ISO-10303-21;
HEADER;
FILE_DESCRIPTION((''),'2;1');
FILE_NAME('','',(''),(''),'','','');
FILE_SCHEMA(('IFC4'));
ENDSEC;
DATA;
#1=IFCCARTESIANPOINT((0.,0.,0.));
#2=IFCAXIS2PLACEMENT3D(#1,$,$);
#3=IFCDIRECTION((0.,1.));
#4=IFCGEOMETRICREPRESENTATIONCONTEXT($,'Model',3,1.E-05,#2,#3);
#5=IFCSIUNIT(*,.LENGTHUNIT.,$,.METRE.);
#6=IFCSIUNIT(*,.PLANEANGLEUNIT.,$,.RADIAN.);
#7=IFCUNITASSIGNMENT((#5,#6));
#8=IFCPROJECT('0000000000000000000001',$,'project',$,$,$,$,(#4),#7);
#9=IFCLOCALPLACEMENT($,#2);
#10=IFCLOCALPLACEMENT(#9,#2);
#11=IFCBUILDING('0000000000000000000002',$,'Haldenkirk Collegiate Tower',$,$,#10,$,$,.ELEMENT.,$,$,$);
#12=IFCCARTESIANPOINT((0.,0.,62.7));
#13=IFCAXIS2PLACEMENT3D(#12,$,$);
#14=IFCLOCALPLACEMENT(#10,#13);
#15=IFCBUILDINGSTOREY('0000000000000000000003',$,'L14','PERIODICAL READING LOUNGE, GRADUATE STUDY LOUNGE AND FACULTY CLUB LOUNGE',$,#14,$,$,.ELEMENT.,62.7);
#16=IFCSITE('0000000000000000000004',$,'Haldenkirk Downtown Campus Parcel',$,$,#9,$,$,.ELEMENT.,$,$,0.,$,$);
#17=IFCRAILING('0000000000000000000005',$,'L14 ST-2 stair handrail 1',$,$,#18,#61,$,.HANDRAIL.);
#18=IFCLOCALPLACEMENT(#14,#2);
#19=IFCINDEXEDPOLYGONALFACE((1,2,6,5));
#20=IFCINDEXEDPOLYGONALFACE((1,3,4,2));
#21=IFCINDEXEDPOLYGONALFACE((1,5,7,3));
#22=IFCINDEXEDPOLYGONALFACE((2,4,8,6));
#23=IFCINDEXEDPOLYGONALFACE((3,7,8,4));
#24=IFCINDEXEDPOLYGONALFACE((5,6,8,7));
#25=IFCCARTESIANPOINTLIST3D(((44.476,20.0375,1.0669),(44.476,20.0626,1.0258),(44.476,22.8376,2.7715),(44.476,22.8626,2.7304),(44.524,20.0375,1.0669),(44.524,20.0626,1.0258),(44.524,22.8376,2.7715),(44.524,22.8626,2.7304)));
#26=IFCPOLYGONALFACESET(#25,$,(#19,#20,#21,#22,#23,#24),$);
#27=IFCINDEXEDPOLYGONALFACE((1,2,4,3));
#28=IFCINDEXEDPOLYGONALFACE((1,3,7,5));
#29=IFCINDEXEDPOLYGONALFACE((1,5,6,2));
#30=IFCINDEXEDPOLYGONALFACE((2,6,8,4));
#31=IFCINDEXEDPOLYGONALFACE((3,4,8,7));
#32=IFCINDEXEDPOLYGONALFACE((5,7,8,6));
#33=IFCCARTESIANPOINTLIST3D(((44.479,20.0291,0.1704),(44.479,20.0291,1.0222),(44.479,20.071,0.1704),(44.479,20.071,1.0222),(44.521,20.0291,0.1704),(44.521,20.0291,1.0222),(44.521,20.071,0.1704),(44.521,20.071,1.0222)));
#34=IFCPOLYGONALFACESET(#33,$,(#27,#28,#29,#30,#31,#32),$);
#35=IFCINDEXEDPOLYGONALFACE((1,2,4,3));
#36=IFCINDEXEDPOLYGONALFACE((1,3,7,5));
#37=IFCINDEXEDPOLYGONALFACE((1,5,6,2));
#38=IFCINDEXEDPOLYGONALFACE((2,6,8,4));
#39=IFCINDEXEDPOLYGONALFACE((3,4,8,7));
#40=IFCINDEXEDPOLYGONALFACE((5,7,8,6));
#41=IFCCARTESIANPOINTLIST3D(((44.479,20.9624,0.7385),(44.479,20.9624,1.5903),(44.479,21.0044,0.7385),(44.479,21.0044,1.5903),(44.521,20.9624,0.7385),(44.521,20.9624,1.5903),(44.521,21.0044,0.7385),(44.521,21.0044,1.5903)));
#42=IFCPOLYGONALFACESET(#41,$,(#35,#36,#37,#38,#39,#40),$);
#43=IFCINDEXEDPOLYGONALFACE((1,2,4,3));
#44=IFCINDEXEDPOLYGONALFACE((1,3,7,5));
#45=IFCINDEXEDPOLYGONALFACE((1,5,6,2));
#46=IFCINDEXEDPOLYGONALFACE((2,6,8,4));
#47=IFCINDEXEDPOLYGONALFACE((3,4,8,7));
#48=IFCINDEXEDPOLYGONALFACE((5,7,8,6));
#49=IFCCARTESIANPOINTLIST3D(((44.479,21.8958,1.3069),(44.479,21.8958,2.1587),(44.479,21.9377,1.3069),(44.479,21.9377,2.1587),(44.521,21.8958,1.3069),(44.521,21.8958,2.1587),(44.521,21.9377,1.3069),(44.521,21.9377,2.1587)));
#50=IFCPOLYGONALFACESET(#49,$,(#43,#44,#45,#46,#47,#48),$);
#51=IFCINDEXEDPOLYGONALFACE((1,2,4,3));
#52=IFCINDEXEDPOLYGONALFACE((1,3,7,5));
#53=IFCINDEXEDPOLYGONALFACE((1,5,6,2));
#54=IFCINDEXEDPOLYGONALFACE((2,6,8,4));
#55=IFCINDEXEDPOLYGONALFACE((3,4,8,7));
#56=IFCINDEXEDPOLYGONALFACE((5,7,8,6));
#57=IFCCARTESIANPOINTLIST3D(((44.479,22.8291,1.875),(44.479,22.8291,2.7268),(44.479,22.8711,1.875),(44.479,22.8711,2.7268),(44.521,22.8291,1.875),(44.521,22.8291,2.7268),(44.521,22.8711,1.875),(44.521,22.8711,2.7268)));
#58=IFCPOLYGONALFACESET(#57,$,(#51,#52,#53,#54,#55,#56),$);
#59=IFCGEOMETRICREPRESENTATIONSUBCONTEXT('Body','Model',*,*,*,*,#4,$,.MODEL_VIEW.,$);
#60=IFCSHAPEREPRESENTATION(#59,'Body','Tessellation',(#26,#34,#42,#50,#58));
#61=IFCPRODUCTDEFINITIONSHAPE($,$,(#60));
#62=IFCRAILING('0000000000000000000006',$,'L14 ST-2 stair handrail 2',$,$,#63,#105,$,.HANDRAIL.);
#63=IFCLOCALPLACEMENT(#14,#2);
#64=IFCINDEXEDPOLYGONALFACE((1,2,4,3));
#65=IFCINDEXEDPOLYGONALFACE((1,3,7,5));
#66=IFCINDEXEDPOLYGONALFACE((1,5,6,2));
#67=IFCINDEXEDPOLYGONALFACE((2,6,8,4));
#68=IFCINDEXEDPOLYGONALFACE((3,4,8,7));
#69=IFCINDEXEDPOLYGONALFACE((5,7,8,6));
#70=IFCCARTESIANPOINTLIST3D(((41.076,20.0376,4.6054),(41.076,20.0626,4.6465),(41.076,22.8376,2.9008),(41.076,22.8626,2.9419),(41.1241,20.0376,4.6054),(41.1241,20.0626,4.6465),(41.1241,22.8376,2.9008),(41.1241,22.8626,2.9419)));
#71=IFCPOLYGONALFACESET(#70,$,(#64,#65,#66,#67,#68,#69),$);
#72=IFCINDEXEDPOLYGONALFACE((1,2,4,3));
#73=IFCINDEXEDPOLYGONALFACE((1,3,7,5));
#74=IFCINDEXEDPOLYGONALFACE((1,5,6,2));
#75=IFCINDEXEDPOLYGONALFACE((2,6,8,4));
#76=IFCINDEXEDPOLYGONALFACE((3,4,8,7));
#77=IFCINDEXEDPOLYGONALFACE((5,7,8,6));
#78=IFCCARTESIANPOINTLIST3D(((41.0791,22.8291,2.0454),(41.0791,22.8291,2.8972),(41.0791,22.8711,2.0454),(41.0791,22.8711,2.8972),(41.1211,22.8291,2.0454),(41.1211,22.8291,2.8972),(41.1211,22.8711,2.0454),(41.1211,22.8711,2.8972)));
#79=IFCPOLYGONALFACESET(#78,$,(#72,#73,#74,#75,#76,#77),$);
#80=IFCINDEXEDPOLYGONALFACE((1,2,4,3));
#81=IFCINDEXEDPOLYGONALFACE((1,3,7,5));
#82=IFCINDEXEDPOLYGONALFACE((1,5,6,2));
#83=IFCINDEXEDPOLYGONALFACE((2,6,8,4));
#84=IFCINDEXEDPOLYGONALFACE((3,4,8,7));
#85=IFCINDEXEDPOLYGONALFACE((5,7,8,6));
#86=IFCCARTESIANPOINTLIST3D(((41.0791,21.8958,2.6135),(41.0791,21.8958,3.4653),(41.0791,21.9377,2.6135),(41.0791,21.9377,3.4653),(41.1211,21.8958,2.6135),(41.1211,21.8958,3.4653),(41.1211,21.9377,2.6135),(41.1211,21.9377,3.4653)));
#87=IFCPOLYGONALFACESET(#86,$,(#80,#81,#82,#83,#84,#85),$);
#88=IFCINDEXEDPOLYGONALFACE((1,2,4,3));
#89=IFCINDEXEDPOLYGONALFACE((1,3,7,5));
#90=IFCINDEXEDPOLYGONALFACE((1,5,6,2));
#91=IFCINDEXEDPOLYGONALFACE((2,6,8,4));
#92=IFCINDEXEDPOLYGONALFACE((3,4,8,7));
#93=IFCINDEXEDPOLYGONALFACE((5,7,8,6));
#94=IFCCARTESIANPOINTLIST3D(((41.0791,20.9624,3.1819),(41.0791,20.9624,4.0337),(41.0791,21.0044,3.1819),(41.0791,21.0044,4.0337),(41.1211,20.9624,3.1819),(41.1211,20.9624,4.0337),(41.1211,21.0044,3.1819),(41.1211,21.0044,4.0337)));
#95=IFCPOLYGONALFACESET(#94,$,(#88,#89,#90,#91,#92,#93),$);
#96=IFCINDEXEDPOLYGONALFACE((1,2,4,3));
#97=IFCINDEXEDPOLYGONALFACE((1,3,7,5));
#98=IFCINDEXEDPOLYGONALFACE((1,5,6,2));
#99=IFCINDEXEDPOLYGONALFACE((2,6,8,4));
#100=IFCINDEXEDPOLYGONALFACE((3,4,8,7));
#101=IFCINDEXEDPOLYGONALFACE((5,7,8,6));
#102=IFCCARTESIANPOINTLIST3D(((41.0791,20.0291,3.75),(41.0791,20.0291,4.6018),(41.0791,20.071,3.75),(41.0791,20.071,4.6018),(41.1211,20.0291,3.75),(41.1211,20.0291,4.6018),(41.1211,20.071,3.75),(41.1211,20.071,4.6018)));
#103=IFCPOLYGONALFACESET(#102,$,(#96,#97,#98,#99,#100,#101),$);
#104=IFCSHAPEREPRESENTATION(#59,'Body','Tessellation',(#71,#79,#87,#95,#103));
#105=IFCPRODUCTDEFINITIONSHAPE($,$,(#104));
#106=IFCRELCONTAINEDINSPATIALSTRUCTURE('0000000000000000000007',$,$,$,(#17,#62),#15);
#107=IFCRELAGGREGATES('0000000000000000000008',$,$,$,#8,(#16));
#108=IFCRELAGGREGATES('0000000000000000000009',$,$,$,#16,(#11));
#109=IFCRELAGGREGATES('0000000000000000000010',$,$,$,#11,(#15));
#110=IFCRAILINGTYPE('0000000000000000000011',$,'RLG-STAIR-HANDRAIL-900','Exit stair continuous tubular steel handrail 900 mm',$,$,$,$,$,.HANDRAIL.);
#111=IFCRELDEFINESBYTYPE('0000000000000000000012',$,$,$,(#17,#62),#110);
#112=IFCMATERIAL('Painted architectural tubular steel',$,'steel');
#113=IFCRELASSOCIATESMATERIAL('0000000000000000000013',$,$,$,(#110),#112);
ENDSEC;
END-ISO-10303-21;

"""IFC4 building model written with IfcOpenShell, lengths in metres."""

from ifc_helpers import new_model, si_unit, direction, frame, origin, origin_2d, place, context, subcontext, project, spatial, rectangle, extrude, material, type_object, element, save


model = new_model("IFC4")

# Units and contexts
model_context = context("Model", 3, precision=1e-05, world=origin(), true_north=direction((0.0, 1.0)))
body_context = subcontext(model_context, "Body", "Model", "MODEL_VIEW")
ifc_project = project(units=[si_unit("LENGTHUNIT", "METRE"), si_unit("PLANEANGLEUNIT", "RADIAN")], contexts=[model_context])

# Site, building, storey
site_placement = place(None, origin())
site = spatial("IfcSite", under=ifc_project, at=site_placement, Name="Haldenkirk Downtown Campus Parcel", CompositionType="ELEMENT", RefElevation=0.0)
building_placement = place(site_placement, origin())
building = spatial("IfcBuilding", under=site, at=building_placement, Name="Haldenkirk Collegiate Tower", CompositionType="ELEMENT")
storey_placement = place(building_placement, frame((0.0, 0.0, 62.7)))
storey = spatial("IfcBuildingStorey", under=building, at=storey_placement, Name="L14", Description="PERIODICAL READING LOUNGE, GRADUATE STUDY LOUNGE AND FACULTY CLUB LOUNGE", CompositionType="ELEMENT", Elevation=62.7)

# Railings
ifc_material_1 = material(Name="Painted architectural tubular steel", Category="steel")
railing_type_1 = type_object("IfcRailingType", Name="RLG-STAIR-HANDRAIL-900", Description="Exit stair continuous tubular steel handrail 900 mm", PredefinedType="HANDRAIL", material=ifc_material_1)
railing_1_placement = place(storey_placement, frame((44.5, 20.05, 0.1704)))
element("IfcRailing", 1, at=railing_1_placement, inside=storey, type_object=railing_type_1, Name="L14 ST-2 stair handrail 1", PredefinedType="HANDRAIL", context=body_context, shape_type="SweptSolid", body=[
    extrude(rectangle(XDim=0.0481, YDim=0.0481, at=origin_2d()), frame((0.0, 0.0, 0.876), z_axis=(0.0, 0.85417, 0.519994), x_axis=(-1.0, 0.0, 0.0)), (0.0, 0.0, 1.0), 3.2781),
    extrude(rectangle(XDim=0.042, YDim=0.042, at=origin_2d()), origin(), (0.0, 0.0, 1.0), 0.8518),
    extrude(rectangle(XDim=0.042, YDim=0.042, at=origin_2d()), frame((0.0, 0.9333, 0.5681)), (0.0, 0.0, 1.0), 0.8518),
    extrude(rectangle(XDim=0.042, YDim=0.042, at=origin_2d()), frame((0.0, 1.8667, 1.1365)), (0.0, 0.0, 1.0), 0.8518),
    extrude(rectangle(XDim=0.042, YDim=0.042, at=origin_2d()), frame((0.0, 2.8, 1.7046)), (0.0, 0.0, 1.0), 0.8518),
])
railing_2_placement = place(storey_placement, frame((41.1001, 22.8501, 2.0454)))
element("IfcRailing", 2, at=railing_2_placement, inside=storey, type_object=railing_type_1, Name="L14 ST-2 stair handrail 2", PredefinedType="HANDRAIL", context=body_context, shape_type="SweptSolid", body=[
    extrude(rectangle(XDim=0.0481, YDim=0.0481, at=origin_2d()), frame((0.0, 0.0, 0.876), z_axis=(0.0, -0.85417, 0.519994), x_axis=(1.0, 0.0, 0.0)), (0.0, 0.0, 1.0), 3.2781),
    extrude(rectangle(XDim=0.042, YDim=0.042, at=origin_2d()), origin(), (0.0, 0.0, 1.0), 0.8518),
    extrude(rectangle(XDim=0.042, YDim=0.042, at=origin_2d()), frame((0.0, -0.9333, 0.5681)), (0.0, 0.0, 1.0), 0.8518),
    extrude(rectangle(XDim=0.042, YDim=0.042, at=origin_2d()), frame((0.0, -1.8667, 1.1365)), (0.0, 0.0, 1.0), 0.8518),
    extrude(rectangle(XDim=0.042, YDim=0.042, at=origin_2d()), frame((0.0, -2.8, 1.7046)), (0.0, 0.0, 1.0), 0.8518),
])

save(model, "model.ifc")
